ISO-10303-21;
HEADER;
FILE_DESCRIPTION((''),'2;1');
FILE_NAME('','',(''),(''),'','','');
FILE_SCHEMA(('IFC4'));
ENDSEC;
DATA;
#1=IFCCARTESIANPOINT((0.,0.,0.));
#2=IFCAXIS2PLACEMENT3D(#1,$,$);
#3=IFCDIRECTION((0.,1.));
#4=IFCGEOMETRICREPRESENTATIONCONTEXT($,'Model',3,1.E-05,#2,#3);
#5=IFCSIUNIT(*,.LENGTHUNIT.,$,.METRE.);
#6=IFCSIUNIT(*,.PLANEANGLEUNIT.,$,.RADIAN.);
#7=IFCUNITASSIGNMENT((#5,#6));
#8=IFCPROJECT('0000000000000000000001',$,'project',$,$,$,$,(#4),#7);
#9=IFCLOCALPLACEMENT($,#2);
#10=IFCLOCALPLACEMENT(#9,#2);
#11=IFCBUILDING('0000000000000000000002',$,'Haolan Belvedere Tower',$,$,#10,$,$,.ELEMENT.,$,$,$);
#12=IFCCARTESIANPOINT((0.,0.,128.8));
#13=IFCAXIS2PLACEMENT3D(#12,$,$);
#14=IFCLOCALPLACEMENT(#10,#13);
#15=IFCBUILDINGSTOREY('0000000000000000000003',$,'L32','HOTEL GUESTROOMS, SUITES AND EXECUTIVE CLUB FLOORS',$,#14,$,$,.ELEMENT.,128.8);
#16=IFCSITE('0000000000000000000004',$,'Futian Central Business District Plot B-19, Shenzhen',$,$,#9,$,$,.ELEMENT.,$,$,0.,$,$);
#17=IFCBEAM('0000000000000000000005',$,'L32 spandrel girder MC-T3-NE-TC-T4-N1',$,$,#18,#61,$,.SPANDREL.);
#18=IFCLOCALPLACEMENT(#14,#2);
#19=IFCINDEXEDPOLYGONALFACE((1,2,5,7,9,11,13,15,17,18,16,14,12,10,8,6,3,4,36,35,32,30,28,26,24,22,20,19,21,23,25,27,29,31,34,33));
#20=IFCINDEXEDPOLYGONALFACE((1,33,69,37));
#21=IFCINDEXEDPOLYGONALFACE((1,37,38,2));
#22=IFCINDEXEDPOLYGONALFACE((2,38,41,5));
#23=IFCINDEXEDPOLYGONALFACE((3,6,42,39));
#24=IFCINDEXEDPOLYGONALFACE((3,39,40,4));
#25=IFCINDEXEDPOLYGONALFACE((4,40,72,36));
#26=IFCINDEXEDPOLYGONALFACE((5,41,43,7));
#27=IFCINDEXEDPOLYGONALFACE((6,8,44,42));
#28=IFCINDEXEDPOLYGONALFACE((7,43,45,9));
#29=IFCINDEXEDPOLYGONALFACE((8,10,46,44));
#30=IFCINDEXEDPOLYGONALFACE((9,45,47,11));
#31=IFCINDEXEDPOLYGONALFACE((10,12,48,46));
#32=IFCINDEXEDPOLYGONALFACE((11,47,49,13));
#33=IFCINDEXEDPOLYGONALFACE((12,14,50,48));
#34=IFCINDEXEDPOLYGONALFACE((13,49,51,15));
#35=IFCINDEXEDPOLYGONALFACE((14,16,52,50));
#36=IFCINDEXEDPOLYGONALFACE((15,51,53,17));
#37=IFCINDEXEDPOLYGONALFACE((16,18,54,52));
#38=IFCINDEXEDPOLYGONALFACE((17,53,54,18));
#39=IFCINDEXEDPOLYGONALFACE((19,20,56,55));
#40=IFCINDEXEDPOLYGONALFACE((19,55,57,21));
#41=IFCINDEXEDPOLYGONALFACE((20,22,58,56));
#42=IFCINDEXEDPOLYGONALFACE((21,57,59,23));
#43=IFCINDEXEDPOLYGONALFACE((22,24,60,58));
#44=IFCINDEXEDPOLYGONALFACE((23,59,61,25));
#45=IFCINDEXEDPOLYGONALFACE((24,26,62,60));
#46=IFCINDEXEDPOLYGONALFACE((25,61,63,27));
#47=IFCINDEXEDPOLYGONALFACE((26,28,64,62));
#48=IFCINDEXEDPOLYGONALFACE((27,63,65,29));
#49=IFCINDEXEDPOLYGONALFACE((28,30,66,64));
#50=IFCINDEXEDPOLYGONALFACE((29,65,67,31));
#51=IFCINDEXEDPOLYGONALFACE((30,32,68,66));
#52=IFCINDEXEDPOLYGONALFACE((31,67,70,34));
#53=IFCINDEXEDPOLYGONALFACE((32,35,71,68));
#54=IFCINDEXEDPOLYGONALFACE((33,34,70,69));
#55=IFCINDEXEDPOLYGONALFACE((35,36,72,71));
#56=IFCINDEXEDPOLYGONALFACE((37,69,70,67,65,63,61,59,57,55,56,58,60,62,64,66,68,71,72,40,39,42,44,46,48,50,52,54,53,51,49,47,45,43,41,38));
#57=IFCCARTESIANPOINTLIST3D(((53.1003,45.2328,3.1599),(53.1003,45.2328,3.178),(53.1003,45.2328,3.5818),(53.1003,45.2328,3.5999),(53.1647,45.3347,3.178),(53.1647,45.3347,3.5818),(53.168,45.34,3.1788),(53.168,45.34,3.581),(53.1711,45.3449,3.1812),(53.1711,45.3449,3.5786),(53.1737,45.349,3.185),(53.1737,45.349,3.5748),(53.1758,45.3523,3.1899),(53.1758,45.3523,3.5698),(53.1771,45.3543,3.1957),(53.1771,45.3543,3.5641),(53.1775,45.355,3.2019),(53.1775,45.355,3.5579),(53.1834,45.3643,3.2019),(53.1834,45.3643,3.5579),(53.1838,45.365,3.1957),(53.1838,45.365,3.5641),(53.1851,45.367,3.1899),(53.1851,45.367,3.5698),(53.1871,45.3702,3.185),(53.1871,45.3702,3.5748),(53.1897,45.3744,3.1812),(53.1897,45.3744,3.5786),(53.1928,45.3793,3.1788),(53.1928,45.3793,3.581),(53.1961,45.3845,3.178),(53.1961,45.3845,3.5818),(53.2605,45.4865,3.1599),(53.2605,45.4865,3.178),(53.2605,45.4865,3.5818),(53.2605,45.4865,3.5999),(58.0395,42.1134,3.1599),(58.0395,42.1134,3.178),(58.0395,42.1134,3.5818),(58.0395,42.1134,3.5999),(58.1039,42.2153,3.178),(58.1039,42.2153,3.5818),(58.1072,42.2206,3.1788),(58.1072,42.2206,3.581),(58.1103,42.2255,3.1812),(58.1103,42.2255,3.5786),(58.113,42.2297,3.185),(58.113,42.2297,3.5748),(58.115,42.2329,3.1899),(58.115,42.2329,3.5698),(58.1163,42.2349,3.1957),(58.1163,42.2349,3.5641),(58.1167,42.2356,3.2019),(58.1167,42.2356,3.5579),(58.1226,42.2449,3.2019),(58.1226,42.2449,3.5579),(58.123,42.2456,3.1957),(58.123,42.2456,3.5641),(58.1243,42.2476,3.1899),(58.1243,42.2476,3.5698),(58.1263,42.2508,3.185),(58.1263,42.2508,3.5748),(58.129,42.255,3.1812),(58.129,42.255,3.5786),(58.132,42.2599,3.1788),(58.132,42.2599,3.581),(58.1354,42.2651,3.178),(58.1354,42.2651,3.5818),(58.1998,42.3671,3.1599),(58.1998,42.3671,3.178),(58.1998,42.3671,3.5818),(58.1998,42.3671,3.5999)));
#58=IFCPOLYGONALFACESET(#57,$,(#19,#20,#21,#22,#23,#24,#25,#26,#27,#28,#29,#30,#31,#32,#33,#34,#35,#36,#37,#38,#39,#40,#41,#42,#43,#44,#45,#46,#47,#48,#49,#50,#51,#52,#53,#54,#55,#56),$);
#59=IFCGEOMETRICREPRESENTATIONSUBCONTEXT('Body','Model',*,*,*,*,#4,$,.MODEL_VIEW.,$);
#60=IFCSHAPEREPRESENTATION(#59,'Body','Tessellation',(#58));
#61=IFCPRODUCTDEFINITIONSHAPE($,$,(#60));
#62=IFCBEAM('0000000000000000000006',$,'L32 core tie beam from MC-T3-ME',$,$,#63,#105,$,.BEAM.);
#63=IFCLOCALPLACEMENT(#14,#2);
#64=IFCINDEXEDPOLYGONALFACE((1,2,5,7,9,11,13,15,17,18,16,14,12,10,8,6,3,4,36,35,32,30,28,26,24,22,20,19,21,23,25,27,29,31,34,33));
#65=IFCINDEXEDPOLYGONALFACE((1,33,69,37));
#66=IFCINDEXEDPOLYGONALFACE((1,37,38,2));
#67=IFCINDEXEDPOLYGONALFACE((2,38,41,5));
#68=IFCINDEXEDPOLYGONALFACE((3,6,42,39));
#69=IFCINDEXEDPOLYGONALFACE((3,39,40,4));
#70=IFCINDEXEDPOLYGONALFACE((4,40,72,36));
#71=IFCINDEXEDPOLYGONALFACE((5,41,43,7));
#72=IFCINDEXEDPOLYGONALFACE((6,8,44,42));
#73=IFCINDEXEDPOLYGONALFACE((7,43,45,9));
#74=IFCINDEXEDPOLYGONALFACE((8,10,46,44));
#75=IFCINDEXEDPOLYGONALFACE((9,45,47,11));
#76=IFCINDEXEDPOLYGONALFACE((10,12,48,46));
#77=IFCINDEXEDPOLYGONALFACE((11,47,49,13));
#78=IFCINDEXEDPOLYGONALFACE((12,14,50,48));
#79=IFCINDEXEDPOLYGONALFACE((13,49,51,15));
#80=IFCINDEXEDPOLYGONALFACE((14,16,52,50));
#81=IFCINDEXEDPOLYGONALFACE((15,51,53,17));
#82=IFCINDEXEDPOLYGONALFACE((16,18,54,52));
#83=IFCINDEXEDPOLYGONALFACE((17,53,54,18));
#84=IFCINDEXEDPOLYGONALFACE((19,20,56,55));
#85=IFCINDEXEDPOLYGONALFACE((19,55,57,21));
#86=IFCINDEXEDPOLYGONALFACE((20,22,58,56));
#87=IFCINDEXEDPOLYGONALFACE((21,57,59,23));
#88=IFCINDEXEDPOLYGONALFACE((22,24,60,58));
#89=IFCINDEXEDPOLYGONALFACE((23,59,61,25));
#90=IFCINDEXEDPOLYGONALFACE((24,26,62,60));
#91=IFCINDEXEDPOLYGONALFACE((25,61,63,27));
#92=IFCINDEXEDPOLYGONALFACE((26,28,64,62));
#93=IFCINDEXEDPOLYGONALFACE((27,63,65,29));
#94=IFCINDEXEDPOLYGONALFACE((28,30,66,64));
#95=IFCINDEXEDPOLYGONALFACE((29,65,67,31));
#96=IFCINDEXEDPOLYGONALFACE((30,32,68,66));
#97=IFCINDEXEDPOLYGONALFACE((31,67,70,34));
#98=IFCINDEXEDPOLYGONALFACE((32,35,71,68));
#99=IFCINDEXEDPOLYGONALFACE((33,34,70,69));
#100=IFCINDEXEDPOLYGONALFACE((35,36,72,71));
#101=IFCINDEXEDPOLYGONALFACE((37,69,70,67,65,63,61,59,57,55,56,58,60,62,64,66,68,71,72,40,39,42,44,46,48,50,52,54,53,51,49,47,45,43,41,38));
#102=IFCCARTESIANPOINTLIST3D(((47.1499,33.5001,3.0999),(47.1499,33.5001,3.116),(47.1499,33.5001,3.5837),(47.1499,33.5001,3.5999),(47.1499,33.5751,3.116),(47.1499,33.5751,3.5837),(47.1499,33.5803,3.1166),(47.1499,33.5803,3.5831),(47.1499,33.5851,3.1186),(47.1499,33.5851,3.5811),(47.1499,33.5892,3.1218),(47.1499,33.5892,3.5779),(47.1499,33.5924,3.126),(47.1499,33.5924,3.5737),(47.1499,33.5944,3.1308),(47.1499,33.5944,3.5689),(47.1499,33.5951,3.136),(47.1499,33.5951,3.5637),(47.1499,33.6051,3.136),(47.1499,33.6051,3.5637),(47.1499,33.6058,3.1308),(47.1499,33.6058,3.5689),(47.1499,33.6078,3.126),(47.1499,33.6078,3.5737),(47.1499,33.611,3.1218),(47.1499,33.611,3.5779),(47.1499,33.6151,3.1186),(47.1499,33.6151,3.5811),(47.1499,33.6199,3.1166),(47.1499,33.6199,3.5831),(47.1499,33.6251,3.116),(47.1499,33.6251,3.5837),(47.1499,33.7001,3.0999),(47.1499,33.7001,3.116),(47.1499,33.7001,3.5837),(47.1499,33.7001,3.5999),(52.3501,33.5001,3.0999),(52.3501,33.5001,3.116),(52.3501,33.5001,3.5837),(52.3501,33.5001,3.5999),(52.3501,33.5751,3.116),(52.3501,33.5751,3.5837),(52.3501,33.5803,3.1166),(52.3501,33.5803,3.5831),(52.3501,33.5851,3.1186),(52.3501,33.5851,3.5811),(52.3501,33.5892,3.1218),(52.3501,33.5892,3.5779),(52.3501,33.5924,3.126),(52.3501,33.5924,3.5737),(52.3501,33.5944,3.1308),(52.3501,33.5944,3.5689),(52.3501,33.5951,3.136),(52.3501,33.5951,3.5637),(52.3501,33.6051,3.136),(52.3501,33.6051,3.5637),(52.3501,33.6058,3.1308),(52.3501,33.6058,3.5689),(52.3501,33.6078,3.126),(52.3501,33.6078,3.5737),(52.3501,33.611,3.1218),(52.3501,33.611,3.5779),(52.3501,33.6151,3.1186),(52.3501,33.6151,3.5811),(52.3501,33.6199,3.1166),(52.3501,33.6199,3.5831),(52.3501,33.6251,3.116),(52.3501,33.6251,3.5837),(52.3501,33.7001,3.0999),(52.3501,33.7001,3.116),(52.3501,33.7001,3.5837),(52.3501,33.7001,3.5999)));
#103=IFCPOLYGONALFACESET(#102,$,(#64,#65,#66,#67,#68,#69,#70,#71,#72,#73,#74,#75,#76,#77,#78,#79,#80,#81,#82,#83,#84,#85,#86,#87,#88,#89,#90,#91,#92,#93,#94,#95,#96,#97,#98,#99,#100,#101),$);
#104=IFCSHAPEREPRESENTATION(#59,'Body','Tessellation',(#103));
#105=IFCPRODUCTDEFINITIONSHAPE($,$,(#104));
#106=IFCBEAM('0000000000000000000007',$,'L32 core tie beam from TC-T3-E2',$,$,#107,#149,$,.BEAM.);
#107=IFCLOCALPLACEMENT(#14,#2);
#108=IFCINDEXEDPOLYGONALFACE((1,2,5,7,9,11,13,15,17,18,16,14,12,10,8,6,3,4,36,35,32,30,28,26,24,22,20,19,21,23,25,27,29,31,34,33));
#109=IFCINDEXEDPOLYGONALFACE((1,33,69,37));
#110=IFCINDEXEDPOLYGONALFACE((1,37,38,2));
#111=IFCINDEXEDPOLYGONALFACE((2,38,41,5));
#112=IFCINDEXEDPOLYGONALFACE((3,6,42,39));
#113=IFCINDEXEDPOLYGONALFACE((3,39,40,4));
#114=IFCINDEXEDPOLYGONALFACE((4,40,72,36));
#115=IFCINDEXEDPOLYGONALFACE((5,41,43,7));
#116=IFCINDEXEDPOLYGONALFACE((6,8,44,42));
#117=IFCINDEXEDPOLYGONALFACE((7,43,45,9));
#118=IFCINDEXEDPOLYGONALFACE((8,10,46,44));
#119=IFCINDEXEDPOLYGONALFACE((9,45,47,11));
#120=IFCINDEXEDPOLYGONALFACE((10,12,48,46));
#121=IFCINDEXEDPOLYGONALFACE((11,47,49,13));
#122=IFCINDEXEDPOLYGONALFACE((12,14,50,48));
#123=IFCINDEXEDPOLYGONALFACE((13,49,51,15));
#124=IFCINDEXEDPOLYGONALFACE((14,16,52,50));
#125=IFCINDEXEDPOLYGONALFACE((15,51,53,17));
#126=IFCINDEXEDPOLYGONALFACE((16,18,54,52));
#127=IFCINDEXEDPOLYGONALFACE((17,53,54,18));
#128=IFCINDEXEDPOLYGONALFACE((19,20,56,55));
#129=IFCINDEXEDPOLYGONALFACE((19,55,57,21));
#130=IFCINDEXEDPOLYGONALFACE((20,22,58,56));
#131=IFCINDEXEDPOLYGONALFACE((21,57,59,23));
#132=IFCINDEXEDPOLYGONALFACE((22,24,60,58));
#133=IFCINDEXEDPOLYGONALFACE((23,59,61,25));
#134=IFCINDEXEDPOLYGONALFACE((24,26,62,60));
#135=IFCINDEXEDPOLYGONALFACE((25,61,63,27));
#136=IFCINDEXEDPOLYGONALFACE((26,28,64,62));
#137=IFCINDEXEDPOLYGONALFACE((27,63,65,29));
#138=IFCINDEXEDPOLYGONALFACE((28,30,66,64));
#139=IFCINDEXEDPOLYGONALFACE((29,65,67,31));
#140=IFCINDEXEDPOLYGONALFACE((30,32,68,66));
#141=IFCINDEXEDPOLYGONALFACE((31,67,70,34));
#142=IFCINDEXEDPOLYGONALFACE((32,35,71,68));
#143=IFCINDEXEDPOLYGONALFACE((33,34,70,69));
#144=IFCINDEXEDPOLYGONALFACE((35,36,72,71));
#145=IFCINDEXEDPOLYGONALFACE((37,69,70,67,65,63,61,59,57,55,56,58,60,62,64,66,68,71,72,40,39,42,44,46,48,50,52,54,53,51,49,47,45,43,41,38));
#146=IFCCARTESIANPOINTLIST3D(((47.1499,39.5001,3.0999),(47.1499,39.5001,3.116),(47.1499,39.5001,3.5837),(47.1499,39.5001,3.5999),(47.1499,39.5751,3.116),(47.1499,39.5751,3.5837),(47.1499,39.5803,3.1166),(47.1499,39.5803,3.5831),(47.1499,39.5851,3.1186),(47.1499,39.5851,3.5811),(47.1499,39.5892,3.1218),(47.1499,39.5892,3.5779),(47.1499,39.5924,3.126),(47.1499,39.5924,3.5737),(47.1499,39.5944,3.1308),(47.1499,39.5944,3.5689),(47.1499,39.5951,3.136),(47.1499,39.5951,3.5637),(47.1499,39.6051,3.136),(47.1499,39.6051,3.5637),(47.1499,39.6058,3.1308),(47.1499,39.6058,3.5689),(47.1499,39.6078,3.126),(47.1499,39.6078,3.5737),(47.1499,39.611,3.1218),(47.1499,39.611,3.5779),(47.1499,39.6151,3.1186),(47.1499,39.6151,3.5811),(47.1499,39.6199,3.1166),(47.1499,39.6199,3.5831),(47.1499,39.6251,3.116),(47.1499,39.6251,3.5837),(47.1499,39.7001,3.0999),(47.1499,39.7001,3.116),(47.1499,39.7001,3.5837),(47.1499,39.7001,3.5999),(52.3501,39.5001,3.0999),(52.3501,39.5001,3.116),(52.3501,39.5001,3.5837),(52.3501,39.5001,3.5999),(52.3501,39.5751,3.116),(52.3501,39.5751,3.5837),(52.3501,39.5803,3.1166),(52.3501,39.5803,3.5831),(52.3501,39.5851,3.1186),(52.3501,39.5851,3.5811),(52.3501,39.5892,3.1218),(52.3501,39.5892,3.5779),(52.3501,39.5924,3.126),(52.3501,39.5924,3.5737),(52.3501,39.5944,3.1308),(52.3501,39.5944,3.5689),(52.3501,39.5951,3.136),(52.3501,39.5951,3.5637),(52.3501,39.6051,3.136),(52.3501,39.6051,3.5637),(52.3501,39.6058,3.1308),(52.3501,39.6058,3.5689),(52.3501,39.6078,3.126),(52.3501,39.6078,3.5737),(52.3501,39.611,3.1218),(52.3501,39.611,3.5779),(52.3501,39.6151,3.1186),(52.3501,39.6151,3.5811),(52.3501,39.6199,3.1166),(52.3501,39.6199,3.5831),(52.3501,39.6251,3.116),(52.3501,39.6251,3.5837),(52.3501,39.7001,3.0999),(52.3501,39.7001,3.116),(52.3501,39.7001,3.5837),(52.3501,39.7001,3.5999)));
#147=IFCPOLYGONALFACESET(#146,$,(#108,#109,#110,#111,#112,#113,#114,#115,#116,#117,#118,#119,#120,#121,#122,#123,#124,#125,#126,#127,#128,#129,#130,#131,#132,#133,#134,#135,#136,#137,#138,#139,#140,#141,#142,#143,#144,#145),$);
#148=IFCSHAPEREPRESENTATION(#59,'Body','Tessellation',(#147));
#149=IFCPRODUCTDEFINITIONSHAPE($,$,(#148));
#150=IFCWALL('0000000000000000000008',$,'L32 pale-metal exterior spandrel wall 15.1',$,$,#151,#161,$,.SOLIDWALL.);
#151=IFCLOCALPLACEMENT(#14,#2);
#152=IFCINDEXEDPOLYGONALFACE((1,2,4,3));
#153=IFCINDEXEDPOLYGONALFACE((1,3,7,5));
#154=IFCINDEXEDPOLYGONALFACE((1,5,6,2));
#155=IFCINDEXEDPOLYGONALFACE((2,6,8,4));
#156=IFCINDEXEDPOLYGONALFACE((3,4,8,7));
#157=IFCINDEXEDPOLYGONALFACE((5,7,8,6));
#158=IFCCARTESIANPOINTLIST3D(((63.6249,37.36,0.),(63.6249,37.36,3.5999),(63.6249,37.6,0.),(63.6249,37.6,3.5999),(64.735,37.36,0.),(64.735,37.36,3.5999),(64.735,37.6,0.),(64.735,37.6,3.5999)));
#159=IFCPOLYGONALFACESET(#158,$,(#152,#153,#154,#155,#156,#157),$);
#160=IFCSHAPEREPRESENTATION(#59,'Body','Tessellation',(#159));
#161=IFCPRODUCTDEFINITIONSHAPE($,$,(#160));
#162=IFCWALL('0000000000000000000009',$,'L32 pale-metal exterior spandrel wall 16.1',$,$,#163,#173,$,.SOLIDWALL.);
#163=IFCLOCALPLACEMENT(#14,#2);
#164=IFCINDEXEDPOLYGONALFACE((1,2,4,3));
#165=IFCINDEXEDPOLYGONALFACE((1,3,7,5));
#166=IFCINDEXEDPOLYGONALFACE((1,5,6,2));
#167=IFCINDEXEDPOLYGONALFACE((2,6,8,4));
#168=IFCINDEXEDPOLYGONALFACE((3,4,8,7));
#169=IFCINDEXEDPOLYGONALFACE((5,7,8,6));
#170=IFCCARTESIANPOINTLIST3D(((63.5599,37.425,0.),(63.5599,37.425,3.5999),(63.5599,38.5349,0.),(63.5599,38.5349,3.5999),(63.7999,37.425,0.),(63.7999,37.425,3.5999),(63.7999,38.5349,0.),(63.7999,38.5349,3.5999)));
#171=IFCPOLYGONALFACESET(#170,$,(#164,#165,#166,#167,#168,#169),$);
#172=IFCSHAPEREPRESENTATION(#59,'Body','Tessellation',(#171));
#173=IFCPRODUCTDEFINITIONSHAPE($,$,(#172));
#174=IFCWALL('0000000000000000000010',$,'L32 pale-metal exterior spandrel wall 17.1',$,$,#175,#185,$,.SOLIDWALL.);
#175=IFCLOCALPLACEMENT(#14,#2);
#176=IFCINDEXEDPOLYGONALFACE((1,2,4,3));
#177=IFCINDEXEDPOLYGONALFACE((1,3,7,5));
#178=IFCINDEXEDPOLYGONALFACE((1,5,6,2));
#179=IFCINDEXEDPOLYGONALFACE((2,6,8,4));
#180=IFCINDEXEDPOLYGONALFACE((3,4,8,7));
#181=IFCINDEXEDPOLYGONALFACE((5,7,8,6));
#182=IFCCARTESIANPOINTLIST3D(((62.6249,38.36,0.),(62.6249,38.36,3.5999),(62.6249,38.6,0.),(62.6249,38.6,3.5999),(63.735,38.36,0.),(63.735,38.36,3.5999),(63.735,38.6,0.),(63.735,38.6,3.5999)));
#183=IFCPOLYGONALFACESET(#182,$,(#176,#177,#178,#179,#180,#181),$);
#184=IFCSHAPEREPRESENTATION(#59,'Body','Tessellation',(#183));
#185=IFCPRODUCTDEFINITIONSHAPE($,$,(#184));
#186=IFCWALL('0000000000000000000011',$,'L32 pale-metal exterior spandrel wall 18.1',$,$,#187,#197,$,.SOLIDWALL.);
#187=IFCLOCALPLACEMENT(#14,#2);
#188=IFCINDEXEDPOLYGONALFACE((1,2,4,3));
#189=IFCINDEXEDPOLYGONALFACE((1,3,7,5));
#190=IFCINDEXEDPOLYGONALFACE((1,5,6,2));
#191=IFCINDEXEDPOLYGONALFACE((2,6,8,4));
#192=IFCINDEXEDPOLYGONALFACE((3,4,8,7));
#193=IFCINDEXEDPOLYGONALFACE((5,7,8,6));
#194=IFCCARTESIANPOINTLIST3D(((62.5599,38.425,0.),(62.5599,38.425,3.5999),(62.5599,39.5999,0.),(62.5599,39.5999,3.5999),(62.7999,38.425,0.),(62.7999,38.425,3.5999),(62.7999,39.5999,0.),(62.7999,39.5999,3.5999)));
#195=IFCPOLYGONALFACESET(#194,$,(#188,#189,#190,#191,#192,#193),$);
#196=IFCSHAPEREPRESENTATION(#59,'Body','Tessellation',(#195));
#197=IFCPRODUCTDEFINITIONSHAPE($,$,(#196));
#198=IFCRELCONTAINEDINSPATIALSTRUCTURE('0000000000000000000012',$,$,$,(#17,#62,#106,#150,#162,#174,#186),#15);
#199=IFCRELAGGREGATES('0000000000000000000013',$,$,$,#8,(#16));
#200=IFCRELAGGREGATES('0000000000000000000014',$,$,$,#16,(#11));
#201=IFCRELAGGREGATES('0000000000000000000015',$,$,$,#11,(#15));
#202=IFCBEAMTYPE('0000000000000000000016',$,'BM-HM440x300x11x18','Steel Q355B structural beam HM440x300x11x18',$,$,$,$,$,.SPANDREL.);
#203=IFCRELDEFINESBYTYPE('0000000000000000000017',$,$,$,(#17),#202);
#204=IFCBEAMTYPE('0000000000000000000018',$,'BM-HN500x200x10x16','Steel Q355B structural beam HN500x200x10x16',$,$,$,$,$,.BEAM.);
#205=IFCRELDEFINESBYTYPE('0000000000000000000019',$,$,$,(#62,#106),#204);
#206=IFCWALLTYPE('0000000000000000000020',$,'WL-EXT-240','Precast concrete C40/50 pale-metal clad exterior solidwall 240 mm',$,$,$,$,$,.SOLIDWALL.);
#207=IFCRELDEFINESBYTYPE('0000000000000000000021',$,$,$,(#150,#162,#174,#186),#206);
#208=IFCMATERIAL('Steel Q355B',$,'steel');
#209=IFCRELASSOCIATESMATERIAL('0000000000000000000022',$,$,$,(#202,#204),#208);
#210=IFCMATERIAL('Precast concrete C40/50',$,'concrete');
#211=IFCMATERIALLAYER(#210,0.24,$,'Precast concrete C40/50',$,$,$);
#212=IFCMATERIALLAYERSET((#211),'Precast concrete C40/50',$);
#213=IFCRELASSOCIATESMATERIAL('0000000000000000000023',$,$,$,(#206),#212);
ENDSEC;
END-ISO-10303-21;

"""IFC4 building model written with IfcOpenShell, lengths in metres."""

from ifc_helpers import new_model, si_unit, direction, frame, frame_2d, origin, origin_2d, place, context, subcontext, project, spatial, rectangle, i_section, extrude, material, layer, layer_set, material_profile, profile_set, type_object, element, save


model = new_model("IFC4")

# Units and contexts
model_context = context("Model", 3, precision=1e-05, world=origin(), true_north=direction((0.0, 1.0)))
body_context = subcontext(model_context, "Body", "Model", "MODEL_VIEW")
ifc_project = project(units=[si_unit("LENGTHUNIT", "METRE"), si_unit("PLANEANGLEUNIT", "RADIAN")], contexts=[model_context])

# Site, building, storey
site_placement = place(None, origin())
site = spatial("IfcSite", under=ifc_project, at=site_placement, Name="Futian Central Business District Plot B-19, Shenzhen", CompositionType="ELEMENT", RefElevation=0.0)
building_placement = place(site_placement, origin())
building = spatial("IfcBuilding", under=site, at=building_placement, Name="Haolan Belvedere Tower", CompositionType="ELEMENT")
storey_placement = place(building_placement, frame((0.0, 0.0, 128.8)))
storey = spatial("IfcBuildingStorey", under=building, at=storey_placement, Name="L32", Description="HOTEL GUESTROOMS, SUITES AND EXECUTIVE CLUB FLOORS", CompositionType="ELEMENT", Elevation=128.8)

# Beams
ifc_material_1 = material(Name="Steel Q355B", Category="steel")
ifc_material_profile_1 = material_profile(ifc_material_1, i_section(OverallWidth=0.3, OverallDepth=0.4399, WebThickness=0.011, FlangeThickness=0.0181, FilletRadius=0.0239, at=origin_2d()), Name="Steel Q355B")
ifc_profile_set_1 = profile_set([ifc_material_profile_1], Name="Steel Q355B")
beam_type_1 = type_object("IfcBeamType", Name="BM-HM440x300x11x18", Description="Steel Q355B structural beam HM440x300x11x18", PredefinedType="SPANDREL", material=ifc_profile_set_1)
beam_placement = place(storey_placement, frame((53.1804, 45.3596, 3.3799), z_axis=(0.845498, -0.533979, 0.0), x_axis=(0.533979, 0.845498, 0.0)))
element("IfcBeam", 1, at=beam_placement, inside=storey, type_object=beam_type_1, Name="L32 spandrel girder MC-T3-NE-TC-T4-N1", PredefinedType="SPANDREL", context=body_context, shape_type="SweptSolid", body=[
    extrude(i_section(OverallWidth=0.3, OverallDepth=0.4399, WebThickness=0.011, FlangeThickness=0.0181, FilletRadius=0.0239, at=origin_2d()), origin(), (0.0, 0.0, 1.0), 5.8418),
])
ifc_material_profile_2 = material_profile(ifc_material_1, i_section(OverallWidth=0.2, OverallDepth=0.5, WebThickness=0.01, FlangeThickness=0.0161, FilletRadius=0.02, at=origin_2d()), Name="Steel Q355B")
ifc_profile_set_2 = profile_set([ifc_material_profile_2], Name="Steel Q355B")
beam_type_2 = type_object("IfcBeamType", Name="BM-HN500x200x10x16", Description="Steel Q355B structural beam HN500x200x10x16", PredefinedType="BEAM", material=ifc_profile_set_2)
for number, where, z_axis, x_axis, name in (
    (2, (52.3501, 33.6001, 3.3499), (-1.0, 0.0, 0.0), (0.0, -1.0, 0.0), "L32 core tie beam from MC-T3-ME"),
    (3, (52.3501, 39.6001, 3.3499), (-1.0, 0.0, 0.0), (0.0, -1.0, 0.0), "L32 core tie beam from TC-T3-E2"),
):
    element("IfcBeam", number, at=place(storey_placement, frame(where, z_axis=z_axis, x_axis=x_axis)), inside=storey, type_object=beam_type_2, Name=name, PredefinedType="BEAM", context=body_context, shape_type="SweptSolid", body=[
        extrude(i_section(OverallWidth=0.2, OverallDepth=0.5, WebThickness=0.01, FlangeThickness=0.0161, FilletRadius=0.02, at=origin_2d()), origin(), (0.0, 0.0, 1.0), 5.2002),
    ])

# Walls
ifc_material_2 = material(Name="Precast concrete C40/50", Category="concrete")
ifc_layer_1 = layer(ifc_material_2, 0.24, Name="Precast concrete C40/50")
ifc_layer_set_1 = layer_set([ifc_layer_1], Name="Precast concrete C40/50")
wall_type_1 = type_object("IfcWallType", Name="WL-EXT-240", Description="Precast concrete C40/50 pale-metal clad exterior solidwall 240 mm", PredefinedType="SOLIDWALL", material=ifc_layer_set_1)
wall_1_placement = place(storey_placement, frame((64.7351, 37.48, 0.0), z_axis=(0.0, 0.0, 1.0), x_axis=(-1.0, 0.0, 0.0)))
element("IfcWall", 4, at=wall_1_placement, inside=storey, type_object=wall_type_1, Name="L32 pale-metal exterior spandrel wall 15.1", PredefinedType="SOLIDWALL", context=body_context, shape_type="SweptSolid", body=[
    extrude(rectangle(XDim=1.1101, YDim=0.24, at=frame_2d((0.5552, 0.0))), origin(), (0.0, 0.0, 1.0), 3.5999),
])
wall_2_placement = place(storey_placement, frame((63.6799, 37.425, 0.0), z_axis=(0.0, 0.0, 1.0), x_axis=(0.0, 1.0, 0.0)))
element("IfcWall", 5, at=wall_2_placement, inside=storey, type_object=wall_type_1, Name="L32 pale-metal exterior spandrel wall 16.1", PredefinedType="SOLIDWALL", context=body_context, shape_type="SweptSolid", body=[
    extrude(rectangle(XDim=1.1099, YDim=0.24, at=frame_2d((0.5549, 0.0))), origin(), (0.0, 0.0, 1.0), 3.5999),
])
wall_3_placement = place(storey_placement, frame((63.7351, 38.48, 0.0), z_axis=(0.0, 0.0, 1.0), x_axis=(-1.0, 0.0, 0.0)))
element("IfcWall", 6, at=wall_3_placement, inside=storey, type_object=wall_type_1, Name="L32 pale-metal exterior spandrel wall 17.1", PredefinedType="SOLIDWALL", context=body_context, shape_type="SweptSolid", body=[
    extrude(rectangle(XDim=1.1101, YDim=0.24, at=frame_2d((0.5552, 0.0))), origin(), (0.0, 0.0, 1.0), 3.5999),
])
wall_4_placement = place(storey_placement, frame((62.6799, 38.425, 0.0), z_axis=(0.0, 0.0, 1.0), x_axis=(0.0, 1.0, 0.0)))
element("IfcWall", 7, at=wall_4_placement, inside=storey, type_object=wall_type_1, Name="L32 pale-metal exterior spandrel wall 18.1", PredefinedType="SOLIDWALL", context=body_context, shape_type="SweptSolid", body=[
    extrude(rectangle(XDim=1.1748, YDim=0.24, at=frame_2d((0.5874, 0.0))), origin(), (0.0, 0.0, 1.0), 3.5999),
])

save(model, "model.ifc")
